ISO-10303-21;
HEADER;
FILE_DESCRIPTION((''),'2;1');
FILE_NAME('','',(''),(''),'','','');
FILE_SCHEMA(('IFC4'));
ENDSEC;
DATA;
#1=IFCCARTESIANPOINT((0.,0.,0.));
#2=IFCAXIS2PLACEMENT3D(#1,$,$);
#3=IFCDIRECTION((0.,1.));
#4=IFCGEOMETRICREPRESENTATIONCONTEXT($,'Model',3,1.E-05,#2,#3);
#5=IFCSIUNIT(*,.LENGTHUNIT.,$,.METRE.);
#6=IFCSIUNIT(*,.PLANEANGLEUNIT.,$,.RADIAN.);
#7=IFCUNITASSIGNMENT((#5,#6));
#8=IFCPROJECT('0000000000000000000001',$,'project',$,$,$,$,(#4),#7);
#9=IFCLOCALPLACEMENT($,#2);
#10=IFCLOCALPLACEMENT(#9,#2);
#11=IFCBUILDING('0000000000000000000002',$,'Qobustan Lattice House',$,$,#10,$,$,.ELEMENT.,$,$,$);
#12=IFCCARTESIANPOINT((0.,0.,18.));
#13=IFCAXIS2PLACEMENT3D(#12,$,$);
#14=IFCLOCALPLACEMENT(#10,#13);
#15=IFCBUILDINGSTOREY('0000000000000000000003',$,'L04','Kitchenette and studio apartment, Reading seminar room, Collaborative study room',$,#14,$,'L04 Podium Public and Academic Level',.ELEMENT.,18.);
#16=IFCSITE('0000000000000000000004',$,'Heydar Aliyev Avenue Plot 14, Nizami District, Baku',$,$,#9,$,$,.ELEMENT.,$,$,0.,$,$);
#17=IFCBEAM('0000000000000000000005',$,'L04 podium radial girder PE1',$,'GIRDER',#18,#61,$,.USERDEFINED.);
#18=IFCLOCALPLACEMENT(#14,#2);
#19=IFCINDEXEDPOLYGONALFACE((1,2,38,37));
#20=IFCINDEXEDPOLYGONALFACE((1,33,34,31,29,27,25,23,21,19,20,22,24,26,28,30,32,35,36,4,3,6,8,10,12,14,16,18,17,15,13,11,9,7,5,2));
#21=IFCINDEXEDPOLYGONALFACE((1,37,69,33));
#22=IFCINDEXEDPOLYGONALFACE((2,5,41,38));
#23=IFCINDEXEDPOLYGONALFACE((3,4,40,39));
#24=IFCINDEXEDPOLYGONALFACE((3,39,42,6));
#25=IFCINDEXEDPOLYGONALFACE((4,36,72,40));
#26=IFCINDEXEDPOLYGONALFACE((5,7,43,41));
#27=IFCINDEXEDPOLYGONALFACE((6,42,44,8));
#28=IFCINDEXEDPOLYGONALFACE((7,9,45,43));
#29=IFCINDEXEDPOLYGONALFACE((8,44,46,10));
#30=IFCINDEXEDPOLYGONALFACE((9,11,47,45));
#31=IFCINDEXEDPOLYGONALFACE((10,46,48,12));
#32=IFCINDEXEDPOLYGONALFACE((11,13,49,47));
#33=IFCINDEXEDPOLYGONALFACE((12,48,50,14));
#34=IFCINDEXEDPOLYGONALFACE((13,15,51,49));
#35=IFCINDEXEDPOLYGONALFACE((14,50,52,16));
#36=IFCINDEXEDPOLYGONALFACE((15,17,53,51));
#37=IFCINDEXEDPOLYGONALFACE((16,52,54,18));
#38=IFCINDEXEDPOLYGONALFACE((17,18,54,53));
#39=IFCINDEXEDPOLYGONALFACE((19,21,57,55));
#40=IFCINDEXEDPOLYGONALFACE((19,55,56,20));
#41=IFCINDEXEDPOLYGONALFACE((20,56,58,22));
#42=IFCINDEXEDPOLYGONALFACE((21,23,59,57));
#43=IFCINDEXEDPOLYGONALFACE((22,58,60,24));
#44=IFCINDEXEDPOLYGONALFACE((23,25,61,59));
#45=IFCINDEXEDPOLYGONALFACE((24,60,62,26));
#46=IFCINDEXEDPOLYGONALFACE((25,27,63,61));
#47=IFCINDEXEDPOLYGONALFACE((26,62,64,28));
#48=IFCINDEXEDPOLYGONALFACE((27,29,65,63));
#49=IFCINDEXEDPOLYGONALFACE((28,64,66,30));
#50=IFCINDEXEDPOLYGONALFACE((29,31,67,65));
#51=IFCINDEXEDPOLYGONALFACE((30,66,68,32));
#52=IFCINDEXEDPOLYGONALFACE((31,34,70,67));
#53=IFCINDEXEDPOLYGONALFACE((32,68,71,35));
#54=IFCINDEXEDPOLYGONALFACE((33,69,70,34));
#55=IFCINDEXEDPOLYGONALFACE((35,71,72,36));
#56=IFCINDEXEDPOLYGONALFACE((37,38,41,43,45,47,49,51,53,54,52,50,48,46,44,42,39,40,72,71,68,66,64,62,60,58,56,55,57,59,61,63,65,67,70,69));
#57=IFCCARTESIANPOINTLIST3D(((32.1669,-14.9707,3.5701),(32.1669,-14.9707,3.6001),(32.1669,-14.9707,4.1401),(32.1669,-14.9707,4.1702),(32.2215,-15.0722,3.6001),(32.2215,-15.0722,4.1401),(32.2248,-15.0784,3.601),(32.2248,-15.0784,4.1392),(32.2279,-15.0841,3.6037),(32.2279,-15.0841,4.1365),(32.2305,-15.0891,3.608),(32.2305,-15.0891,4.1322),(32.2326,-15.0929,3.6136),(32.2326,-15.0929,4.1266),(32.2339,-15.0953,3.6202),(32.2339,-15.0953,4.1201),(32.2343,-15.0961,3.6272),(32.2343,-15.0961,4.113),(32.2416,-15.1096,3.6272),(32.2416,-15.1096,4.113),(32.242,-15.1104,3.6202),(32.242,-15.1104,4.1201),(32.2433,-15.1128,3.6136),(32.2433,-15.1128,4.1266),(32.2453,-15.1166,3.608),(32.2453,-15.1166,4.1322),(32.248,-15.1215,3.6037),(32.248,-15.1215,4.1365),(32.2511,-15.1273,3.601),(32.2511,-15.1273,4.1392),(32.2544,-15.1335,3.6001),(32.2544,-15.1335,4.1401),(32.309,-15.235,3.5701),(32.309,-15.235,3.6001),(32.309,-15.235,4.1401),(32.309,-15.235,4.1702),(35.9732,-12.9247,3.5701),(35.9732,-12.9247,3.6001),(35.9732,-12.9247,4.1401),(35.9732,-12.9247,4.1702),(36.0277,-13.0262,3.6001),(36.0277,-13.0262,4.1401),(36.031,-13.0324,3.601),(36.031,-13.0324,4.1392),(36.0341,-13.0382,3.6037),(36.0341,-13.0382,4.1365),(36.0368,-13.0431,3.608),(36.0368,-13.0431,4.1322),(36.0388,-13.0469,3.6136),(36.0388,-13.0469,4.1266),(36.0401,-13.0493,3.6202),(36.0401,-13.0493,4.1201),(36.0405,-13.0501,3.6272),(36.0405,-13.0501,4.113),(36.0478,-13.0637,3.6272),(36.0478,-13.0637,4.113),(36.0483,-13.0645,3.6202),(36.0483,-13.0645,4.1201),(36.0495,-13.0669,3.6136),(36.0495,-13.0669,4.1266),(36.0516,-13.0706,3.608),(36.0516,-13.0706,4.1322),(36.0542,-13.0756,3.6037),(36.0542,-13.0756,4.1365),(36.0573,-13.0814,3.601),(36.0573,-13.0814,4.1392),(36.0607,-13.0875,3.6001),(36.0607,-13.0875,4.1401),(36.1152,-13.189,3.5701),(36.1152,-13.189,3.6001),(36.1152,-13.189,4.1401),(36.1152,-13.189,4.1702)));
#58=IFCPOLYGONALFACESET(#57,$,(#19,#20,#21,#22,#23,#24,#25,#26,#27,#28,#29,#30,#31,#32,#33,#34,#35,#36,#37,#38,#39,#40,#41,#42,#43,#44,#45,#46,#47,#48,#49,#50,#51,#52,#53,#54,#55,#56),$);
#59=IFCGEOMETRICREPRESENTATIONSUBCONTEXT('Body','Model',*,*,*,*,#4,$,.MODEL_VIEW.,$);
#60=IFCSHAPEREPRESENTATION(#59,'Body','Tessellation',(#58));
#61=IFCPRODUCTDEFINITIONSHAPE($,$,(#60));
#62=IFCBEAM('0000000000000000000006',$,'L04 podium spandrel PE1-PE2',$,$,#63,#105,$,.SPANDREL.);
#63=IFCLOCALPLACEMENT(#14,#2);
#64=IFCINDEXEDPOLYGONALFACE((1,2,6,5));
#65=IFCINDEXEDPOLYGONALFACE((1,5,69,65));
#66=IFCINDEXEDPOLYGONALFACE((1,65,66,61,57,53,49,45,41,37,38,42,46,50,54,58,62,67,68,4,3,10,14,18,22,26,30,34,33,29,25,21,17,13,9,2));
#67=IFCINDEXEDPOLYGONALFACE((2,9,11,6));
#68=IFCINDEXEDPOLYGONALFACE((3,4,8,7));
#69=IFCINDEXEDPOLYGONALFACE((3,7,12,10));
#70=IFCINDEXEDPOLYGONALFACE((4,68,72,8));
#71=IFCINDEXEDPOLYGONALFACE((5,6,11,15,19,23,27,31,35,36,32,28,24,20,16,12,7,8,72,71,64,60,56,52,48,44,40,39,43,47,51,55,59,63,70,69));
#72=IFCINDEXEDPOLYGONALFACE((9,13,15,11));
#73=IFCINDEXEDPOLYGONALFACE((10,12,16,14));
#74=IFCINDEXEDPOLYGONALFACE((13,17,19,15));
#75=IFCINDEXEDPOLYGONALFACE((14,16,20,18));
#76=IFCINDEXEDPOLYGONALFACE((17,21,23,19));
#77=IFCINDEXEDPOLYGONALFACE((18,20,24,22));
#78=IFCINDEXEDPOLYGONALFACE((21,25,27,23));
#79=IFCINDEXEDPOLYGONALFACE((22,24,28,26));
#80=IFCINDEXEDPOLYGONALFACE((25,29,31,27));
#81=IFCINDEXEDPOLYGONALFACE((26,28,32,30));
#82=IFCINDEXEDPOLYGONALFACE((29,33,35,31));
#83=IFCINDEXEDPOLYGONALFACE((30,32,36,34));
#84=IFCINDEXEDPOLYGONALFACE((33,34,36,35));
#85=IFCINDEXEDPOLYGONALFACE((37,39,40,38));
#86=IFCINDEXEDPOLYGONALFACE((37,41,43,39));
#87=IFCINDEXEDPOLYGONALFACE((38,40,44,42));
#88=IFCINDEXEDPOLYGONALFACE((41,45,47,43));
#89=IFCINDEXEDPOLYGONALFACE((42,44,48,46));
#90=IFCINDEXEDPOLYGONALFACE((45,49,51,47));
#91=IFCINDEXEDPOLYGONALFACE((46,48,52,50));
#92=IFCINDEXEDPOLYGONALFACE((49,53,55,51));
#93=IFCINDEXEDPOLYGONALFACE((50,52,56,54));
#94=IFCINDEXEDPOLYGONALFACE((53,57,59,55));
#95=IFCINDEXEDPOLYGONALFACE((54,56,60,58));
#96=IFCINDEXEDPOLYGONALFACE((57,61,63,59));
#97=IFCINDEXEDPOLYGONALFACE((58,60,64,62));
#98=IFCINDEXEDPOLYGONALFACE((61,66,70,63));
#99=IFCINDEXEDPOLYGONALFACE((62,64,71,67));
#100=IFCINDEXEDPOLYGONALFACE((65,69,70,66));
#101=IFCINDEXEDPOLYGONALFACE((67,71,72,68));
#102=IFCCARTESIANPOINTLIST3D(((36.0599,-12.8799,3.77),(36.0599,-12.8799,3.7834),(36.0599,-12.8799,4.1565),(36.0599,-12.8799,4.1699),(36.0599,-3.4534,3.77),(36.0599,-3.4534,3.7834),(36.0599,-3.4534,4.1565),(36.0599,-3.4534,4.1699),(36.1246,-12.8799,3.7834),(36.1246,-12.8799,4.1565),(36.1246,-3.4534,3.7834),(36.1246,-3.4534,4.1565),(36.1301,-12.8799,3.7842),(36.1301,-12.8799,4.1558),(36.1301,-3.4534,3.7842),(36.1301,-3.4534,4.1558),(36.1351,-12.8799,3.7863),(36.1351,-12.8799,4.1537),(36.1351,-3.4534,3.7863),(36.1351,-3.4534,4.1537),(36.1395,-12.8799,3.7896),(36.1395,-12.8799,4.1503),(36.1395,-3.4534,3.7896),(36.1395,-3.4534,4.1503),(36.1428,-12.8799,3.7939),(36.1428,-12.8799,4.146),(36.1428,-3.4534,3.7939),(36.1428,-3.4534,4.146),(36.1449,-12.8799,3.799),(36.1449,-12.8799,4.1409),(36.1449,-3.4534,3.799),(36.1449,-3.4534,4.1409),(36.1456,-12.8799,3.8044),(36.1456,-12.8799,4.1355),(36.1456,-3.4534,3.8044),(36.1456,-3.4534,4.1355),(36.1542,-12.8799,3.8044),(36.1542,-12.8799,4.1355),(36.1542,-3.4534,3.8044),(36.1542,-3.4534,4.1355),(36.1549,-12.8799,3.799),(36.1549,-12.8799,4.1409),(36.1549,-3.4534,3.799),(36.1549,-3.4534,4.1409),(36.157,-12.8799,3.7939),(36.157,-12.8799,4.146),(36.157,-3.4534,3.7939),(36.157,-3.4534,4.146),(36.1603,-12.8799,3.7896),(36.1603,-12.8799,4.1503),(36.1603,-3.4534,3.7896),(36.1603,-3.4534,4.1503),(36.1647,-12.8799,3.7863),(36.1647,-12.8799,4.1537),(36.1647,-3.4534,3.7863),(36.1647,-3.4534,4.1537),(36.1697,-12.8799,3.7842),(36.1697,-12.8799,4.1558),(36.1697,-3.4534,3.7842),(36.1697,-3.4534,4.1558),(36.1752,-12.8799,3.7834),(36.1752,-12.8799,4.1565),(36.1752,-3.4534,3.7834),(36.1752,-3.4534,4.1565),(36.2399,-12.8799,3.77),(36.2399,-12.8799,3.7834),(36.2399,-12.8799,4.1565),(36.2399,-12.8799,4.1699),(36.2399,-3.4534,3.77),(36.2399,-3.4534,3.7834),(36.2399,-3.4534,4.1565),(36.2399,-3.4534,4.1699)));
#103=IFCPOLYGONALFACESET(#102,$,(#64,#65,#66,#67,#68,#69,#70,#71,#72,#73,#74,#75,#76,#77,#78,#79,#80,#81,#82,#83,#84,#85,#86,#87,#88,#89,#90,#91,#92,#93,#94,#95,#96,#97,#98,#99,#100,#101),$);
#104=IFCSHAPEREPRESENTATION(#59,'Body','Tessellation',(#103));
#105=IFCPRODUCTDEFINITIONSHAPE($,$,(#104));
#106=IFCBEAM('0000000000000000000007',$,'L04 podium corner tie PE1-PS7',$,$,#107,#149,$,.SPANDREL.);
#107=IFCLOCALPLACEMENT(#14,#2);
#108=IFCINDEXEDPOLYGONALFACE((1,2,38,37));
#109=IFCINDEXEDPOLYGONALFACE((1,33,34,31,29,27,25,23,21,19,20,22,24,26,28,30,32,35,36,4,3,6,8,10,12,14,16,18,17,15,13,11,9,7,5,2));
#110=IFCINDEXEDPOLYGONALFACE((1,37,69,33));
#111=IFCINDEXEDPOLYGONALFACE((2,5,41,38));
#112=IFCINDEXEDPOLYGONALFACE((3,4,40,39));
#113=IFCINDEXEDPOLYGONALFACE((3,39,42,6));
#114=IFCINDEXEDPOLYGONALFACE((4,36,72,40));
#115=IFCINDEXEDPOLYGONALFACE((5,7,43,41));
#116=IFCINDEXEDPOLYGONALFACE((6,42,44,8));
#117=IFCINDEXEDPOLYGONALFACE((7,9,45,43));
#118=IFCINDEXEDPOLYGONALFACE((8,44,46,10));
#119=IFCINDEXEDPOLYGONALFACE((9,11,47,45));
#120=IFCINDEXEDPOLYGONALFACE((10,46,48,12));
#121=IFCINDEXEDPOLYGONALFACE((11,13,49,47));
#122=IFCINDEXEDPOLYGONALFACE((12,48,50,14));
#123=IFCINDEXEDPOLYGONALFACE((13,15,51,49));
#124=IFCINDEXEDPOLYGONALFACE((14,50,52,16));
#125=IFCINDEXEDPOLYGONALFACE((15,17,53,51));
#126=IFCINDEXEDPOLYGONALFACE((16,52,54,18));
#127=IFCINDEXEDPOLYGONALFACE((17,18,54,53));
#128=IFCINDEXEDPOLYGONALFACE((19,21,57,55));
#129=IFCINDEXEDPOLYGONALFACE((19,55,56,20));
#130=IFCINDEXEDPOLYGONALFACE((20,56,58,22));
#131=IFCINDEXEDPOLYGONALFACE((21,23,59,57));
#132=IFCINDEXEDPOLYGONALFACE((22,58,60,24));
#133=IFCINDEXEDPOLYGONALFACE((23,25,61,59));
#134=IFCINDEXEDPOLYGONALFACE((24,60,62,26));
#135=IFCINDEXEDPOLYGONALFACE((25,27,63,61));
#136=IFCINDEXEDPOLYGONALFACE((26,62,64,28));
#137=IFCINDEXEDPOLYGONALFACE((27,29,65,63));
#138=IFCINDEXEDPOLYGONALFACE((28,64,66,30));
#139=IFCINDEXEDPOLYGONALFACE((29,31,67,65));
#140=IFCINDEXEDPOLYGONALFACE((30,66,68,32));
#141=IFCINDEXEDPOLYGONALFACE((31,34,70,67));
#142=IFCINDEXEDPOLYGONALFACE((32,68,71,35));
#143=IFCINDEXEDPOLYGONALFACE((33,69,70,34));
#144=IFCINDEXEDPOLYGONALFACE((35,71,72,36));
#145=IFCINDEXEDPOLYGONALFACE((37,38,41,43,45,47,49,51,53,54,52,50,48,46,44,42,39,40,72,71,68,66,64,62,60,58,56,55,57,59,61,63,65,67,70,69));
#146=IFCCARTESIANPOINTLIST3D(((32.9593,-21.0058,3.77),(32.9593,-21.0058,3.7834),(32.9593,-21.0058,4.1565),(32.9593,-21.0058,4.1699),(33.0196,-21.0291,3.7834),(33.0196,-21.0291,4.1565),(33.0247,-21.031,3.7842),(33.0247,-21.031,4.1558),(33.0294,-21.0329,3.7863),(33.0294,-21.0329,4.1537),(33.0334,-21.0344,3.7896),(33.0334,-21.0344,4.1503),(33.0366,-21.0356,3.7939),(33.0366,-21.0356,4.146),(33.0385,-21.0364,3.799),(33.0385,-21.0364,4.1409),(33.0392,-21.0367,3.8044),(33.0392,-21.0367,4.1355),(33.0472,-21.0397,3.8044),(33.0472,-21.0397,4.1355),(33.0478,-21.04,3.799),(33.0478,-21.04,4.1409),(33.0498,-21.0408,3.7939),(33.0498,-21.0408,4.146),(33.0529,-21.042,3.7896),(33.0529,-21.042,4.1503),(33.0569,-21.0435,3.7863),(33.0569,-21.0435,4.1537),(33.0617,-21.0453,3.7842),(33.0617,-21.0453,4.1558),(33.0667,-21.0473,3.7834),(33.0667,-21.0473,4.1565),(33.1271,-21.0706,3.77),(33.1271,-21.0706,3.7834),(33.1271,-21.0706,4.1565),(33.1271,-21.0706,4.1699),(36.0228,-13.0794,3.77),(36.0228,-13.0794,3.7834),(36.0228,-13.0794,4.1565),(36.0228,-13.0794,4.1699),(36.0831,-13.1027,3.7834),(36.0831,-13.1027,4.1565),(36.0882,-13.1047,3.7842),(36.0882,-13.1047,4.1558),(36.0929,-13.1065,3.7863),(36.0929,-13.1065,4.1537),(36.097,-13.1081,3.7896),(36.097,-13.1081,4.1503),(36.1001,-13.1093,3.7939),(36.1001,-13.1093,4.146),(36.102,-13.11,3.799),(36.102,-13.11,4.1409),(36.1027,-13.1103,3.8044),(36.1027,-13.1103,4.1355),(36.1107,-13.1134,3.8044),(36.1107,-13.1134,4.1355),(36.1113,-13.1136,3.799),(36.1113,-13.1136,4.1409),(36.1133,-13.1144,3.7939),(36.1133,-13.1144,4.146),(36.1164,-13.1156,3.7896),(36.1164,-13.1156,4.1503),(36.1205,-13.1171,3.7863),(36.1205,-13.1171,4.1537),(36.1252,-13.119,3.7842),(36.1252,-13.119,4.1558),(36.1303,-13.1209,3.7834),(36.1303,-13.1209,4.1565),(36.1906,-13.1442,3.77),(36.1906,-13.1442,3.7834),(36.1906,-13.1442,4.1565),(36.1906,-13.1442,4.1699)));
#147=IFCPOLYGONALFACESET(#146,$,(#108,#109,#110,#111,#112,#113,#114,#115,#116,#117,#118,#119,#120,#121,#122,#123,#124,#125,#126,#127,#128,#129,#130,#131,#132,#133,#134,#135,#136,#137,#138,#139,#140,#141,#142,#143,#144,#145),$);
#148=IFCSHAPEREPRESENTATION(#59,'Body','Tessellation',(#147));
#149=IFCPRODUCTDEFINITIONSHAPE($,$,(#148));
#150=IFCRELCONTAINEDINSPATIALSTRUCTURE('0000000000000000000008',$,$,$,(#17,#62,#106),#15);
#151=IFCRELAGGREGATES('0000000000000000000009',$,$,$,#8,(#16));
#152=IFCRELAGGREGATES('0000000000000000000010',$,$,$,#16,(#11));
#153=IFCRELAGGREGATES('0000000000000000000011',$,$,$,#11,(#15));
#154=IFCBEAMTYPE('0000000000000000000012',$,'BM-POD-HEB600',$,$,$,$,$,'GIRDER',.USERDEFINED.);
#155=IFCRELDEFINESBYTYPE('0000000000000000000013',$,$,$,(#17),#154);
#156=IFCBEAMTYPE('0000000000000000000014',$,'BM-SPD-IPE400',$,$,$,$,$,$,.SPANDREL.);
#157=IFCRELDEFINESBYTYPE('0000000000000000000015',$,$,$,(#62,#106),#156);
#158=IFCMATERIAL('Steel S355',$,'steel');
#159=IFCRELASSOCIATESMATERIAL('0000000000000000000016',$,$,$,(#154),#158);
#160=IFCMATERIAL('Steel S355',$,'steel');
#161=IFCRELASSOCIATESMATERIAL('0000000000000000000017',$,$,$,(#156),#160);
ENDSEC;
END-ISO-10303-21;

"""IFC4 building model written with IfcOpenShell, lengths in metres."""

from ifc_helpers import new_model, si_unit, direction, frame, origin, origin_2d, place, context, subcontext, project, spatial, i_section, extrude, material, material_profile, profile_set, type_object, element, save


model = new_model("IFC4")

# Units and contexts
model_context = context("Model", 3, precision=1e-05, world=origin(), true_north=direction((0.0, 1.0)))
body_context = subcontext(model_context, "Body", "Model", "MODEL_VIEW")
ifc_project = project(units=[si_unit("LENGTHUNIT", "METRE"), si_unit("PLANEANGLEUNIT", "RADIAN")], contexts=[model_context])

# Site, building, storey
site_placement = place(None, origin())
site = spatial("IfcSite", under=ifc_project, at=site_placement, Name="Heydar Aliyev Avenue Plot 14, Nizami District, Baku", CompositionType="ELEMENT", RefElevation=0.0)
building_placement = place(site_placement, origin())
building = spatial("IfcBuilding", under=site, at=building_placement, Name="Qobustan Lattice House", CompositionType="ELEMENT")
storey_placement = place(building_placement, frame((0.0, 0.0, 18.0)))
storey = spatial("IfcBuildingStorey", under=building, at=storey_placement, Name="L04", Description="Kitchenette and studio apartment, Reading seminar room, Collaborative study room", LongName="L04 Podium Public and Academic Level", CompositionType="ELEMENT", Elevation=18.0)

# Beams
ifc_material_1 = material(Name="Steel S355", Category="steel")
ifc_material_profile_1 = material_profile(ifc_material_1, i_section(OverallWidth=0.3, OverallDepth=0.6001, WebThickness=0.0154, FlangeThickness=0.03, FilletRadius=0.0271, at=origin_2d()), Name="HEB600")
ifc_profile_set_1 = profile_set([ifc_material_profile_1], Name="Steel S355")
beam_type_1 = type_object("IfcBeamType", Name="BM-POD-HEB600", ElementType="GIRDER", PredefinedType="USERDEFINED", material=ifc_profile_set_1)
beam_1_placement = place(storey_placement, frame((36.0442, -13.0569, 3.8701), z_axis=(-0.880816, -0.47346, 0.0), x_axis=(0.47346, -0.880816, 0.0)))
element("IfcBeam", 1, at=beam_1_placement, inside=storey, type_object=beam_type_1, Name="L04 podium radial girder PE1", ObjectType="GIRDER", PredefinedType="USERDEFINED", context=body_context, shape_type="SweptSolid", body=[
    extrude(i_section(OverallWidth=0.3, OverallDepth=0.6001, WebThickness=0.0154, FlangeThickness=0.03, FilletRadius=0.0271, at=origin_2d()), origin(), (0.0, 0.0, 1.0), 4.3213),
])
ifc_material_2 = material(Name="Steel S355", Category="steel")
ifc_material_profile_2 = material_profile(ifc_material_2, i_section(OverallWidth=0.1799, OverallDepth=0.3999, WebThickness=0.0085, FlangeThickness=0.0134, FilletRadius=0.021, at=origin_2d()), Name="IPE400")
ifc_profile_set_2 = profile_set([ifc_material_profile_2], Name="Steel S355")
beam_type_2 = type_object("IfcBeamType", Name="BM-SPD-IPE400", PredefinedType="SPANDREL", material=ifc_profile_set_2)
beam_2_placement = place(storey_placement, frame((36.1499, -12.8799, 3.97), z_axis=(0.0, 1.0, 0.0), x_axis=(-1.0, 0.0, 0.0)))
element("IfcBeam", 2, at=beam_2_placement, inside=storey, type_object=beam_type_2, Name="L04 podium spandrel PE1-PE2", PredefinedType="SPANDREL", context=body_context, shape_type="SweptSolid", body=[
    extrude(i_section(OverallWidth=0.1799, OverallDepth=0.3999, WebThickness=0.0085, FlangeThickness=0.0134, FilletRadius=0.021, at=origin_2d()), origin(), (0.0, 0.0, 1.0), 9.4265),
])
beam_3_placement = place(storey_placement, frame((36.1067, -13.1118, 3.97), z_axis=(-0.360507, -0.932756, 0.0), x_axis=(0.932756, -0.360507, 0.0)))
element("IfcBeam", 3, at=beam_3_placement, inside=storey, type_object=beam_type_2, Name="L04 podium corner tie PE1-PS7", PredefinedType="SPANDREL", context=body_context, shape_type="SweptSolid", body=[
    extrude(i_section(OverallWidth=0.1799, OverallDepth=0.3999, WebThickness=0.0085, FlangeThickness=0.0134, FilletRadius=0.021, at=origin_2d()), origin(), (0.0, 0.0, 1.0), 8.4978),
])

save(model, "model.ifc")
